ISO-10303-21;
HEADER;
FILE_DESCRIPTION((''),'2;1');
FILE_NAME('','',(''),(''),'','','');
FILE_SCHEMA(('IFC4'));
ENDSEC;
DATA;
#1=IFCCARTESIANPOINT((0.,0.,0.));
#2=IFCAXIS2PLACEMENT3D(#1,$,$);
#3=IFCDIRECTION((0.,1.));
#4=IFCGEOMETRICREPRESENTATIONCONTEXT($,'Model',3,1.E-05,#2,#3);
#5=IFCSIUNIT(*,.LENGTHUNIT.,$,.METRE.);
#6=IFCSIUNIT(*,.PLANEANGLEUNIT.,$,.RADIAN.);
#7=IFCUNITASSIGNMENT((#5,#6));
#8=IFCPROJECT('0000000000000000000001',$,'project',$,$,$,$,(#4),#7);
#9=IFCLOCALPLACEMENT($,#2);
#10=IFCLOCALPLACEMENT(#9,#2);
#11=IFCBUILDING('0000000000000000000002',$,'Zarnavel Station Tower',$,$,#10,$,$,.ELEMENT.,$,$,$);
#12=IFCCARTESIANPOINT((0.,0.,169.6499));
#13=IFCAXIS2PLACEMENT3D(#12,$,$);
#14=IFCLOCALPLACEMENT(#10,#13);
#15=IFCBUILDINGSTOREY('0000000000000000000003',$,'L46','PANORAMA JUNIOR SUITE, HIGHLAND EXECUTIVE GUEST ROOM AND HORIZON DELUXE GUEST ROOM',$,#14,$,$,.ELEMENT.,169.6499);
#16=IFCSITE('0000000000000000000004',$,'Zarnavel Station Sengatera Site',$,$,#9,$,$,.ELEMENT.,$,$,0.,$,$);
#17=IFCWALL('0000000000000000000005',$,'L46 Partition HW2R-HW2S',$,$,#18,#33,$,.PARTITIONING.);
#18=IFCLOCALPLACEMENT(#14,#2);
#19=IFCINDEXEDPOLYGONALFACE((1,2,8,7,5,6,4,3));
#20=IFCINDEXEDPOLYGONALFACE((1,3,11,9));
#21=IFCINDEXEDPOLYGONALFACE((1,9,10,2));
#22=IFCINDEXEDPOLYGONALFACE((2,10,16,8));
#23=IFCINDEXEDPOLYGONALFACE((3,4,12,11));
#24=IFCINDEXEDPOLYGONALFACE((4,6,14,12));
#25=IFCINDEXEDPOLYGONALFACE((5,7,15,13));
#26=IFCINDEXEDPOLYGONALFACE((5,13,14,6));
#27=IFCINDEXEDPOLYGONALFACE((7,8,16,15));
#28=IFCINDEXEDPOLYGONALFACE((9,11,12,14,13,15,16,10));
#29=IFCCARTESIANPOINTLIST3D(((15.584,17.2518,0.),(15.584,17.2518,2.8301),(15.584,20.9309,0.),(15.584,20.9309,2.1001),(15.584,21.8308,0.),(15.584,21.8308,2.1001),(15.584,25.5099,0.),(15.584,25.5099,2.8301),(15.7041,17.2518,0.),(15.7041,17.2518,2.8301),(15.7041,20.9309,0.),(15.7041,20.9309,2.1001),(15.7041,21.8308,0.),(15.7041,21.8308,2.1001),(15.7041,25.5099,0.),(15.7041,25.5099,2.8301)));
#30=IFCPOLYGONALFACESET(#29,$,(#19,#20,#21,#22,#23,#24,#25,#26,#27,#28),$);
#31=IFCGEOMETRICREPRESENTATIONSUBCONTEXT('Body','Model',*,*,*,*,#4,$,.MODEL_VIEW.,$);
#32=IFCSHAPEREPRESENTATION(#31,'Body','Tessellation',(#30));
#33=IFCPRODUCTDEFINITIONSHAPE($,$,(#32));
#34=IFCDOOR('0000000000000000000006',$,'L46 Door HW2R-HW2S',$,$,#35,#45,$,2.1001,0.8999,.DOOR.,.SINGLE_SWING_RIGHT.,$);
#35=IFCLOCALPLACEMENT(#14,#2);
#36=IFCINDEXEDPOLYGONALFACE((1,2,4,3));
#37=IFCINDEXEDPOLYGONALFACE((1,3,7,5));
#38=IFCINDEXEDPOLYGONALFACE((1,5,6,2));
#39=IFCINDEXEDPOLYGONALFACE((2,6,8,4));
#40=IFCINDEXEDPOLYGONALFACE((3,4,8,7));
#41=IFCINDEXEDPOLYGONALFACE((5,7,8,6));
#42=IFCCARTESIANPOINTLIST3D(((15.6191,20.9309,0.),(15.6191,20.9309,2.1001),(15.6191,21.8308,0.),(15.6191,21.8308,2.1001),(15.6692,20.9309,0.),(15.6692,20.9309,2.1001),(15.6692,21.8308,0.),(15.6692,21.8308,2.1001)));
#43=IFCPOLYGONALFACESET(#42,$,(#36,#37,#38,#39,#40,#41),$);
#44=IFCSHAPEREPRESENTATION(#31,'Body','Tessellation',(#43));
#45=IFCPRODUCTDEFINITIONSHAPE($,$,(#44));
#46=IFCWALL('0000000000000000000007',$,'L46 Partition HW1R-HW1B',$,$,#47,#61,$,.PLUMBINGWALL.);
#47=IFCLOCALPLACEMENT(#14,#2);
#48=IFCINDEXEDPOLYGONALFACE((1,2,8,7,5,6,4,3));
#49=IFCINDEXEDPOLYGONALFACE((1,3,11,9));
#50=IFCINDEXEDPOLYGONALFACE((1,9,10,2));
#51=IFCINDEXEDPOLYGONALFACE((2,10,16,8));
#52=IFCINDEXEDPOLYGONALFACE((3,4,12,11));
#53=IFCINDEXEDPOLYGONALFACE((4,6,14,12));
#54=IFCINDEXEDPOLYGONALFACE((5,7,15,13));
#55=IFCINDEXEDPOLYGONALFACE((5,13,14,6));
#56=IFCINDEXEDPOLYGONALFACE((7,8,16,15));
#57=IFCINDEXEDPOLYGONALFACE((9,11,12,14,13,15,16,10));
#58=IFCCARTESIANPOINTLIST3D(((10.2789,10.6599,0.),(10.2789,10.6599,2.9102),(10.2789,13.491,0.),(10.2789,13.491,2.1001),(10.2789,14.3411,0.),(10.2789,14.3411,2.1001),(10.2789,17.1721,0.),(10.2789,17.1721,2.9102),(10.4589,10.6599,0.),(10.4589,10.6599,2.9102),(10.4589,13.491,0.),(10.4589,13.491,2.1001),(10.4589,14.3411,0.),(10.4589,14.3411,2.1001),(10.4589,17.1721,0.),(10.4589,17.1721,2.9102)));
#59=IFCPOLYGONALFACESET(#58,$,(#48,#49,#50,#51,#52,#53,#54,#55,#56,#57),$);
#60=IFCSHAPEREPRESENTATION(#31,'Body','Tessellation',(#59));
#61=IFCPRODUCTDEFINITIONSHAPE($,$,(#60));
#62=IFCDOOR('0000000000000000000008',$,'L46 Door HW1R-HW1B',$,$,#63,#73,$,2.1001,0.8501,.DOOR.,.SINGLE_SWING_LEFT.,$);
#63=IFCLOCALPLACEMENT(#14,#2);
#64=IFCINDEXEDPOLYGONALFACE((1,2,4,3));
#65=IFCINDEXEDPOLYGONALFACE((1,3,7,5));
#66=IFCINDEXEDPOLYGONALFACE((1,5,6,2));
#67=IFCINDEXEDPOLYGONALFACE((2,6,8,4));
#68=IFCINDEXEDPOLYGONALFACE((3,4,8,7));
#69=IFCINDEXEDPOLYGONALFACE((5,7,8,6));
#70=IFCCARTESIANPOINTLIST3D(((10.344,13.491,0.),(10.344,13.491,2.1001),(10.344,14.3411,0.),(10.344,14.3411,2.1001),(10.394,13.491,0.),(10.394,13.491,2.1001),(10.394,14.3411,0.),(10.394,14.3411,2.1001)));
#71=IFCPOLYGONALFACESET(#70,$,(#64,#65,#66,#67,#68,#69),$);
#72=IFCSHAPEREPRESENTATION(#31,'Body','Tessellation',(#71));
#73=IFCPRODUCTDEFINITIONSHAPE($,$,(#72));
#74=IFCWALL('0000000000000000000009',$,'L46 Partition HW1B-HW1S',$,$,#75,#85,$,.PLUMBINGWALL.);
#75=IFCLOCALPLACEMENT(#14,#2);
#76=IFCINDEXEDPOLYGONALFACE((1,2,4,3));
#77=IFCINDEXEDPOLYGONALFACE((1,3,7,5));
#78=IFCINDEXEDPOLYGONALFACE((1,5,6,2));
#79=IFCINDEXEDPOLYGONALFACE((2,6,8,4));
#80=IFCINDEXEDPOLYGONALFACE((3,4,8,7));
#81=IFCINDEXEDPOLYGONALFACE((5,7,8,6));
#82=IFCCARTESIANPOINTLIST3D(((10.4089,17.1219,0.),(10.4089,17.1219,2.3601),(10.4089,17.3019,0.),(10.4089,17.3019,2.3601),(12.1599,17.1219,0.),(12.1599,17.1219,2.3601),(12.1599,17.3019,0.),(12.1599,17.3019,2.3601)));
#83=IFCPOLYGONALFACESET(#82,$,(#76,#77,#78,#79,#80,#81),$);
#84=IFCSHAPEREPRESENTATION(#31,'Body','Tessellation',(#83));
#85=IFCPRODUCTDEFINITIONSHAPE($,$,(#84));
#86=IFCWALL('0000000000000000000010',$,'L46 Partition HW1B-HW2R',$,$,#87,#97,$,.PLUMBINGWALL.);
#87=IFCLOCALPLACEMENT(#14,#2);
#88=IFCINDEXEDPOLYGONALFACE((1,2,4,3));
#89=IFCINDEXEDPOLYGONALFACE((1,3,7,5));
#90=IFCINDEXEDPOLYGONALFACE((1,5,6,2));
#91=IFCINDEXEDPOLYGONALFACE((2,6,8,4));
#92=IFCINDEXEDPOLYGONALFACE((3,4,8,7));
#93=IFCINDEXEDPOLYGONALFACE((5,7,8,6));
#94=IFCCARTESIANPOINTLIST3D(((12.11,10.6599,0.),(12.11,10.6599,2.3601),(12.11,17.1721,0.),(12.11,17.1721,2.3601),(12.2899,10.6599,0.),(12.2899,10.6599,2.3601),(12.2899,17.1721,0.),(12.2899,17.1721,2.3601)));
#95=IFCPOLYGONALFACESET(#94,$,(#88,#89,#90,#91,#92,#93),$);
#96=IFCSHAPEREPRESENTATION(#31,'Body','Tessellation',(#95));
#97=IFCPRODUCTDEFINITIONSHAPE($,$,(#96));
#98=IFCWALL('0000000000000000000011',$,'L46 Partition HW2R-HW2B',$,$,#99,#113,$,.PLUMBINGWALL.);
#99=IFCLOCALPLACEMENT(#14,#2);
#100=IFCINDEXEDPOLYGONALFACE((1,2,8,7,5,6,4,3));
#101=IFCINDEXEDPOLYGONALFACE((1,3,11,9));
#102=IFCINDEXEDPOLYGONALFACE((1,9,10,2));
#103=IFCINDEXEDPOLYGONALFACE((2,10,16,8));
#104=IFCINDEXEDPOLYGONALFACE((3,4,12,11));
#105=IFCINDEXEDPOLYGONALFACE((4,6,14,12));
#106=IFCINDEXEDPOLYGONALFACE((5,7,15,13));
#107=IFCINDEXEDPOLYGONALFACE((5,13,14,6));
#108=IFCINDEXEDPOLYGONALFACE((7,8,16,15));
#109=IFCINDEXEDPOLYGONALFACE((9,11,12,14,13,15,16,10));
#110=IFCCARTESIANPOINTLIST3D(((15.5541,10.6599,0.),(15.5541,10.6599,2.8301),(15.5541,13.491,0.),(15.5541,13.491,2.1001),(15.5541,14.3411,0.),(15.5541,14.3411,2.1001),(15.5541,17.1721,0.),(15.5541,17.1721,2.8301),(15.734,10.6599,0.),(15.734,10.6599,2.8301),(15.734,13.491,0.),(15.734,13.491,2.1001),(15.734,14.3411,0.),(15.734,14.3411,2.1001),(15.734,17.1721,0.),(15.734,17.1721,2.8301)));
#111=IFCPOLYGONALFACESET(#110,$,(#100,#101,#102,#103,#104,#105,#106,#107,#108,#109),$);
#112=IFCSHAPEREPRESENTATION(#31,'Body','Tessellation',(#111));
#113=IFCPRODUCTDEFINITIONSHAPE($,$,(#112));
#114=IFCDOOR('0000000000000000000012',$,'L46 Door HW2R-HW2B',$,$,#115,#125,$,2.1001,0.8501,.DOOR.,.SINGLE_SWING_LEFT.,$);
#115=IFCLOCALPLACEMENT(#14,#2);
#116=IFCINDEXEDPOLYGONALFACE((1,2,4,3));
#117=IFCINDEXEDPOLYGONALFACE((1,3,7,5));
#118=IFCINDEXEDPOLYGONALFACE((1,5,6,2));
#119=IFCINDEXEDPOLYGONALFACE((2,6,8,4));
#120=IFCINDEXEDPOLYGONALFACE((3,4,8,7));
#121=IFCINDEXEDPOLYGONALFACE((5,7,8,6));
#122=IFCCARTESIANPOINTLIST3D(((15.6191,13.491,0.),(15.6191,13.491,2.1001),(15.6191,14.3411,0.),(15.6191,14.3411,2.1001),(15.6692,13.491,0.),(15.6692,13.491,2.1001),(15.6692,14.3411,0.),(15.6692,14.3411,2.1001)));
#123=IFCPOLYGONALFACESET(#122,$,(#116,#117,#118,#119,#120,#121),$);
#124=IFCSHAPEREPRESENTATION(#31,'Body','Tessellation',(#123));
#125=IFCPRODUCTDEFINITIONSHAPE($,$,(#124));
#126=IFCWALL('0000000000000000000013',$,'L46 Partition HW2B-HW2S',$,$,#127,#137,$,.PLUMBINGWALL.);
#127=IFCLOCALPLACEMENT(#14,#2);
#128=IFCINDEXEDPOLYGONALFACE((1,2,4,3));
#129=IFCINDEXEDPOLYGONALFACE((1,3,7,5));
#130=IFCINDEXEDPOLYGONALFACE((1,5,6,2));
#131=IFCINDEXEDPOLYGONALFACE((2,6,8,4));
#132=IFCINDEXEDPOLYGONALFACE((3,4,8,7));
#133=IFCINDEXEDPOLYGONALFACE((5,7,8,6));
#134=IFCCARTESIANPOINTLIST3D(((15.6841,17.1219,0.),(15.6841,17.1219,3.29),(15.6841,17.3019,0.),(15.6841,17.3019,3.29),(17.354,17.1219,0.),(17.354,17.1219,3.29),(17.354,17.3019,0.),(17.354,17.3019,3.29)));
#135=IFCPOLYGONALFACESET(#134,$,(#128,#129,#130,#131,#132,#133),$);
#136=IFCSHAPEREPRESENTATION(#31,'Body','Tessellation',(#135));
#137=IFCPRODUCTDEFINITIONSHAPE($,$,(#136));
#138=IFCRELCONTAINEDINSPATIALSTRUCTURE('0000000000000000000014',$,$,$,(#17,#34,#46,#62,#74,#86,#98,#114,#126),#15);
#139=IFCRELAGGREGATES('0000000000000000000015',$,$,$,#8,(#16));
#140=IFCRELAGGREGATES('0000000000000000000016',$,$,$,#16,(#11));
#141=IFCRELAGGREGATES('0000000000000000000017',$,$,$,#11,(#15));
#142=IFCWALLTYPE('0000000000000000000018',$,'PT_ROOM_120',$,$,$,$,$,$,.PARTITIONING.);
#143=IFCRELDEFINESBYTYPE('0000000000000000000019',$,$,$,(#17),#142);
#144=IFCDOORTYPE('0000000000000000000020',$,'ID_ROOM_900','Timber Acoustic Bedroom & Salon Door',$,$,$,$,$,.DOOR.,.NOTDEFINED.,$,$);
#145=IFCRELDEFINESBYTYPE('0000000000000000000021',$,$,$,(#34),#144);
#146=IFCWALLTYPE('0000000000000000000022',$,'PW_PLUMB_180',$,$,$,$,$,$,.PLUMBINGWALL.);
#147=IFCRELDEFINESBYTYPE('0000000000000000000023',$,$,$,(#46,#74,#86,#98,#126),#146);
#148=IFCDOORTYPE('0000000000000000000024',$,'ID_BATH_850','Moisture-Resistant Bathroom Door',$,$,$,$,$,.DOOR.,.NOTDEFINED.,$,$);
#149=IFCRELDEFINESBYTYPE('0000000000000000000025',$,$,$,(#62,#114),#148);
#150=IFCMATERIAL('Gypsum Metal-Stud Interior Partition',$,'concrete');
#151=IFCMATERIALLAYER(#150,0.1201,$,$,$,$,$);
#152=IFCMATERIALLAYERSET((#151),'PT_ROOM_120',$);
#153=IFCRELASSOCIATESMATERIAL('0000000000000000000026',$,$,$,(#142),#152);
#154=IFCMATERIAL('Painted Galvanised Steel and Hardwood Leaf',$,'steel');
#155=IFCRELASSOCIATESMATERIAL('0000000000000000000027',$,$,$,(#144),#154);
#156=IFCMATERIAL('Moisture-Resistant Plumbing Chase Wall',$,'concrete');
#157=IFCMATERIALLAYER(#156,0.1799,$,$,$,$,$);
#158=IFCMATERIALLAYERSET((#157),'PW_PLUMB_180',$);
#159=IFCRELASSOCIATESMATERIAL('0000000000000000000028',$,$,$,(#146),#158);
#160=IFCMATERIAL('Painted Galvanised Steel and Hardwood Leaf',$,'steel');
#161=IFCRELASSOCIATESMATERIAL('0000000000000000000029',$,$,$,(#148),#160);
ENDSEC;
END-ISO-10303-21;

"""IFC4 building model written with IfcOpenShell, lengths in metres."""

from ifc_helpers import new_model, si_unit, direction, frame, frame_2d, origin, place, context, subcontext, project, spatial, rectangle, extrude, material, layer, layer_set, type_object, element, fill, save


model = new_model("IFC4")

# Units and contexts
model_context = context("Model", 3, precision=1e-05, world=origin(), true_north=direction((0.0, 1.0)))
body_context = subcontext(model_context, "Body", "Model", "MODEL_VIEW")
ifc_project = project(units=[si_unit("LENGTHUNIT", "METRE"), si_unit("PLANEANGLEUNIT", "RADIAN")], contexts=[model_context])

# Site, building, storey
site_placement = place(None, origin())
site = spatial("IfcSite", under=ifc_project, at=site_placement, Name="Zarnavel Station Sengatera Site", CompositionType="ELEMENT", RefElevation=0.0)
building_placement = place(site_placement, origin())
building = spatial("IfcBuilding", under=site, at=building_placement, Name="Zarnavel Station Tower", CompositionType="ELEMENT")
storey_placement = place(building_placement, frame((0.0, 0.0, 169.6499)))
storey = spatial("IfcBuildingStorey", under=building, at=storey_placement, Name="L46", Description="PANORAMA JUNIOR SUITE, HIGHLAND EXECUTIVE GUEST ROOM AND HORIZON DELUXE GUEST ROOM", CompositionType="ELEMENT", Elevation=169.6499)

# Walls, openings, doors
ifc_material_1 = material(Name="Gypsum Metal-Stud Interior Partition", Category="concrete")
ifc_layer_1 = layer(ifc_material_1, 0.1201)
ifc_layer_set_1 = layer_set([ifc_layer_1], Name="PT_ROOM_120")
wall_type_1 = type_object("IfcWallType", Name="PT_ROOM_120", PredefinedType="PARTITIONING", material=ifc_layer_set_1)
ifc_material_2 = material(Name="Painted Galvanised Steel and Hardwood Leaf", Category="steel")
door_type_1 = type_object("IfcDoorType", Name="ID_ROOM_900", Description="Timber Acoustic Bedroom & Salon Door", OperationType="NOTDEFINED", PredefinedType="DOOR", material=ifc_material_2)
wall_1_placement = place(storey_placement, frame((15.644, 17.252, 0.0), z_axis=(0.0, 0.0, 1.0), x_axis=(0.0, 1.0, 0.0)))
wall_1 = element("IfcWall", 1, at=wall_1_placement, inside=storey, type_object=wall_type_1, Name="L46 Partition HW2R-HW2S", PredefinedType="PARTITIONING", context=body_context, shape_type="SweptSolid", body=[
    extrude(rectangle(XDim=8.2581, YDim=0.1201, at=frame_2d((4.1289, 0.0))), origin(), (0.0, 0.0, 1.0), 2.8301),
])
opening_1_placement = place(wall_1_placement, frame((3.679, 0.0, 0.0)))
opening_1 = element("IfcOpeningElement", 2, at=opening_1_placement, cuts=wall_1, PredefinedType="OPENING", context=body_context, shape_type="SweptSolid", body=[
    extrude(rectangle(XDim=0.8999, YDim=2.1001, at=frame_2d((0.45, 1.05))), frame((0.0, 0.0701, 0.0), z_axis=(0.0, -1.0, 0.0), x_axis=(1.0, 0.0, 0.0)), (0.0, 0.0, 1.0), 0.1401),
])
door_1_placement = place(opening_1_placement, origin())
door_1 = element("IfcDoor", 3, at=door_1_placement, inside=storey, type_object=door_type_1, Name="L46 Door HW2R-HW2S", OperationType="SINGLE_SWING_RIGHT", OverallHeight=2.1001, OverallWidth=0.8999, PredefinedType="DOOR", context=body_context, shape_type="SweptSolid", body=[
    extrude(rectangle(XDim=0.8999, YDim=2.1001, at=frame_2d((0.45, 1.05))), frame((0.0, 0.0249, 0.0), z_axis=(0.0, -1.0, 0.0), x_axis=(1.0, 0.0, 0.0)), (0.0, 0.0, 1.0), 0.05),
])
fill(opening_1, door_1)
ifc_material_3 = material(Name="Moisture-Resistant Plumbing Chase Wall", Category="concrete")
ifc_layer_2 = layer(ifc_material_3, 0.1799)
ifc_layer_set_2 = layer_set([ifc_layer_2], Name="PW_PLUMB_180")
wall_type_2 = type_object("IfcWallType", Name="PW_PLUMB_180", PredefinedType="PLUMBINGWALL", material=ifc_layer_set_2)
wall_2_placement = place(storey_placement, frame((10.3689, 10.6599, 0.0), z_axis=(0.0, 0.0, 1.0), x_axis=(0.0, 1.0, 0.0)))
wall_2 = element("IfcWall", 4, at=wall_2_placement, inside=storey, type_object=wall_type_2, Name="L46 Partition HW1R-HW1B", PredefinedType="PLUMBINGWALL", context=body_context, shape_type="SweptSolid", body=[
    extrude(rectangle(XDim=6.5122, YDim=0.1799, at=frame_2d((3.2561, 0.0))), origin(), (0.0, 0.0, 1.0), 2.9102),
])
opening_2_placement = place(wall_2_placement, frame((2.8311, 0.0, 0.0)))
opening_2 = element("IfcOpeningElement", 5, at=opening_2_placement, cuts=wall_2, PredefinedType="OPENING", context=body_context, shape_type="SweptSolid", body=[
    extrude(rectangle(XDim=0.8501, YDim=2.1001, at=frame_2d((0.425, 1.05))), frame((0.0, 0.0999, 0.0), z_axis=(0.0, -1.0, 0.0), x_axis=(1.0, 0.0, 0.0)), (0.0, 0.0, 1.0), 0.2),
])
ifc_material_4 = material(Name="Painted Galvanised Steel and Hardwood Leaf", Category="steel")
door_type_2 = type_object("IfcDoorType", Name="ID_BATH_850", Description="Moisture-Resistant Bathroom Door", OperationType="NOTDEFINED", PredefinedType="DOOR", material=ifc_material_4)
door_2_placement = place(opening_2_placement, origin())
door_2 = element("IfcDoor", 6, at=door_2_placement, inside=storey, type_object=door_type_2, Name="L46 Door HW1R-HW1B", OperationType="SINGLE_SWING_LEFT", OverallHeight=2.1001, OverallWidth=0.8501, PredefinedType="DOOR", context=body_context, shape_type="SweptSolid", body=[
    extrude(rectangle(XDim=0.8501, YDim=2.1001, at=frame_2d((0.425, 1.05))), frame((0.0, 0.0249, 0.0), z_axis=(0.0, -1.0, 0.0), x_axis=(1.0, 0.0, 0.0)), (0.0, 0.0, 1.0), 0.05),
])
fill(opening_2, door_2)

# Walls
wall_3_placement = place(storey_placement, frame((10.4089, 17.2119, 0.0), z_axis=(0.0, 0.0, 1.0), x_axis=(1.0, 0.0, 0.0)))
element("IfcWall", 7, at=wall_3_placement, inside=storey, type_object=wall_type_2, Name="L46 Partition HW1B-HW1S", PredefinedType="PLUMBINGWALL", context=body_context, shape_type="SweptSolid", body=[
    extrude(rectangle(XDim=1.751, YDim=0.1799, at=frame_2d((0.8755, 0.0))), origin(), (0.0, 0.0, 1.0), 2.3601),
])
wall_4_placement = place(storey_placement, frame((12.2, 10.6599, 0.0), z_axis=(0.0, 0.0, 1.0), x_axis=(0.0, 1.0, 0.0)))
element("IfcWall", 8, at=wall_4_placement, inside=storey, type_object=wall_type_2, Name="L46 Partition HW1B-HW2R", PredefinedType="PLUMBINGWALL", context=body_context, shape_type="SweptSolid", body=[
    extrude(rectangle(XDim=6.5122, YDim=0.1799, at=frame_2d((3.2561, 0.0))), origin(), (0.0, 0.0, 1.0), 2.3601),
])

# Wall, opening, door
wall_5_placement = place(storey_placement, frame((15.644, 10.6599, 0.0), z_axis=(0.0, 0.0, 1.0), x_axis=(0.0, 1.0, 0.0)))
wall_5 = element("IfcWall", 9, at=wall_5_placement, inside=storey, type_object=wall_type_2, Name="L46 Partition HW2R-HW2B", PredefinedType="PLUMBINGWALL", context=body_context, shape_type="SweptSolid", body=[
    extrude(rectangle(XDim=6.5122, YDim=0.1799, at=frame_2d((3.2561, 0.0))), origin(), (0.0, 0.0, 1.0), 2.8301),
])
opening_3_placement = place(wall_5_placement, frame((2.8311, 0.0, 0.0)))
opening_3 = element("IfcOpeningElement", 10, at=opening_3_placement, cuts=wall_5, PredefinedType="OPENING", context=body_context, shape_type="SweptSolid", body=[
    extrude(rectangle(XDim=0.8501, YDim=2.1001, at=frame_2d((0.425, 1.05))), frame((0.0, 0.0999, 0.0), z_axis=(0.0, -1.0, 0.0), x_axis=(1.0, 0.0, 0.0)), (0.0, 0.0, 1.0), 0.2),
])
door_3_placement = place(opening_3_placement, origin())
door_3 = element("IfcDoor", 11, at=door_3_placement, inside=storey, type_object=door_type_2, Name="L46 Door HW2R-HW2B", OperationType="SINGLE_SWING_LEFT", OverallHeight=2.1001, OverallWidth=0.8501, PredefinedType="DOOR", context=body_context, shape_type="SweptSolid", body=[
    extrude(rectangle(XDim=0.8501, YDim=2.1001, at=frame_2d((0.425, 1.05))), frame((0.0, 0.0249, 0.0), z_axis=(0.0, -1.0, 0.0), x_axis=(1.0, 0.0, 0.0)), (0.0, 0.0, 1.0), 0.05),
])
fill(opening_3, door_3)

# Wall
wall_6_placement = place(storey_placement, frame((15.6841, 17.2119, 0.0), z_axis=(0.0, 0.0, 1.0), x_axis=(1.0, 0.0, 0.0)))
element("IfcWall", 12, at=wall_6_placement, inside=storey, type_object=wall_type_2, Name="L46 Partition HW2B-HW2S", PredefinedType="PLUMBINGWALL", context=body_context, shape_type="SweptSolid", body=[
    extrude(rectangle(XDim=1.6699, YDim=0.1799, at=frame_2d((0.835, 0.0))), origin(), (0.0, 0.0, 1.0), 3.29),
])

save(model, "model.ifc")
